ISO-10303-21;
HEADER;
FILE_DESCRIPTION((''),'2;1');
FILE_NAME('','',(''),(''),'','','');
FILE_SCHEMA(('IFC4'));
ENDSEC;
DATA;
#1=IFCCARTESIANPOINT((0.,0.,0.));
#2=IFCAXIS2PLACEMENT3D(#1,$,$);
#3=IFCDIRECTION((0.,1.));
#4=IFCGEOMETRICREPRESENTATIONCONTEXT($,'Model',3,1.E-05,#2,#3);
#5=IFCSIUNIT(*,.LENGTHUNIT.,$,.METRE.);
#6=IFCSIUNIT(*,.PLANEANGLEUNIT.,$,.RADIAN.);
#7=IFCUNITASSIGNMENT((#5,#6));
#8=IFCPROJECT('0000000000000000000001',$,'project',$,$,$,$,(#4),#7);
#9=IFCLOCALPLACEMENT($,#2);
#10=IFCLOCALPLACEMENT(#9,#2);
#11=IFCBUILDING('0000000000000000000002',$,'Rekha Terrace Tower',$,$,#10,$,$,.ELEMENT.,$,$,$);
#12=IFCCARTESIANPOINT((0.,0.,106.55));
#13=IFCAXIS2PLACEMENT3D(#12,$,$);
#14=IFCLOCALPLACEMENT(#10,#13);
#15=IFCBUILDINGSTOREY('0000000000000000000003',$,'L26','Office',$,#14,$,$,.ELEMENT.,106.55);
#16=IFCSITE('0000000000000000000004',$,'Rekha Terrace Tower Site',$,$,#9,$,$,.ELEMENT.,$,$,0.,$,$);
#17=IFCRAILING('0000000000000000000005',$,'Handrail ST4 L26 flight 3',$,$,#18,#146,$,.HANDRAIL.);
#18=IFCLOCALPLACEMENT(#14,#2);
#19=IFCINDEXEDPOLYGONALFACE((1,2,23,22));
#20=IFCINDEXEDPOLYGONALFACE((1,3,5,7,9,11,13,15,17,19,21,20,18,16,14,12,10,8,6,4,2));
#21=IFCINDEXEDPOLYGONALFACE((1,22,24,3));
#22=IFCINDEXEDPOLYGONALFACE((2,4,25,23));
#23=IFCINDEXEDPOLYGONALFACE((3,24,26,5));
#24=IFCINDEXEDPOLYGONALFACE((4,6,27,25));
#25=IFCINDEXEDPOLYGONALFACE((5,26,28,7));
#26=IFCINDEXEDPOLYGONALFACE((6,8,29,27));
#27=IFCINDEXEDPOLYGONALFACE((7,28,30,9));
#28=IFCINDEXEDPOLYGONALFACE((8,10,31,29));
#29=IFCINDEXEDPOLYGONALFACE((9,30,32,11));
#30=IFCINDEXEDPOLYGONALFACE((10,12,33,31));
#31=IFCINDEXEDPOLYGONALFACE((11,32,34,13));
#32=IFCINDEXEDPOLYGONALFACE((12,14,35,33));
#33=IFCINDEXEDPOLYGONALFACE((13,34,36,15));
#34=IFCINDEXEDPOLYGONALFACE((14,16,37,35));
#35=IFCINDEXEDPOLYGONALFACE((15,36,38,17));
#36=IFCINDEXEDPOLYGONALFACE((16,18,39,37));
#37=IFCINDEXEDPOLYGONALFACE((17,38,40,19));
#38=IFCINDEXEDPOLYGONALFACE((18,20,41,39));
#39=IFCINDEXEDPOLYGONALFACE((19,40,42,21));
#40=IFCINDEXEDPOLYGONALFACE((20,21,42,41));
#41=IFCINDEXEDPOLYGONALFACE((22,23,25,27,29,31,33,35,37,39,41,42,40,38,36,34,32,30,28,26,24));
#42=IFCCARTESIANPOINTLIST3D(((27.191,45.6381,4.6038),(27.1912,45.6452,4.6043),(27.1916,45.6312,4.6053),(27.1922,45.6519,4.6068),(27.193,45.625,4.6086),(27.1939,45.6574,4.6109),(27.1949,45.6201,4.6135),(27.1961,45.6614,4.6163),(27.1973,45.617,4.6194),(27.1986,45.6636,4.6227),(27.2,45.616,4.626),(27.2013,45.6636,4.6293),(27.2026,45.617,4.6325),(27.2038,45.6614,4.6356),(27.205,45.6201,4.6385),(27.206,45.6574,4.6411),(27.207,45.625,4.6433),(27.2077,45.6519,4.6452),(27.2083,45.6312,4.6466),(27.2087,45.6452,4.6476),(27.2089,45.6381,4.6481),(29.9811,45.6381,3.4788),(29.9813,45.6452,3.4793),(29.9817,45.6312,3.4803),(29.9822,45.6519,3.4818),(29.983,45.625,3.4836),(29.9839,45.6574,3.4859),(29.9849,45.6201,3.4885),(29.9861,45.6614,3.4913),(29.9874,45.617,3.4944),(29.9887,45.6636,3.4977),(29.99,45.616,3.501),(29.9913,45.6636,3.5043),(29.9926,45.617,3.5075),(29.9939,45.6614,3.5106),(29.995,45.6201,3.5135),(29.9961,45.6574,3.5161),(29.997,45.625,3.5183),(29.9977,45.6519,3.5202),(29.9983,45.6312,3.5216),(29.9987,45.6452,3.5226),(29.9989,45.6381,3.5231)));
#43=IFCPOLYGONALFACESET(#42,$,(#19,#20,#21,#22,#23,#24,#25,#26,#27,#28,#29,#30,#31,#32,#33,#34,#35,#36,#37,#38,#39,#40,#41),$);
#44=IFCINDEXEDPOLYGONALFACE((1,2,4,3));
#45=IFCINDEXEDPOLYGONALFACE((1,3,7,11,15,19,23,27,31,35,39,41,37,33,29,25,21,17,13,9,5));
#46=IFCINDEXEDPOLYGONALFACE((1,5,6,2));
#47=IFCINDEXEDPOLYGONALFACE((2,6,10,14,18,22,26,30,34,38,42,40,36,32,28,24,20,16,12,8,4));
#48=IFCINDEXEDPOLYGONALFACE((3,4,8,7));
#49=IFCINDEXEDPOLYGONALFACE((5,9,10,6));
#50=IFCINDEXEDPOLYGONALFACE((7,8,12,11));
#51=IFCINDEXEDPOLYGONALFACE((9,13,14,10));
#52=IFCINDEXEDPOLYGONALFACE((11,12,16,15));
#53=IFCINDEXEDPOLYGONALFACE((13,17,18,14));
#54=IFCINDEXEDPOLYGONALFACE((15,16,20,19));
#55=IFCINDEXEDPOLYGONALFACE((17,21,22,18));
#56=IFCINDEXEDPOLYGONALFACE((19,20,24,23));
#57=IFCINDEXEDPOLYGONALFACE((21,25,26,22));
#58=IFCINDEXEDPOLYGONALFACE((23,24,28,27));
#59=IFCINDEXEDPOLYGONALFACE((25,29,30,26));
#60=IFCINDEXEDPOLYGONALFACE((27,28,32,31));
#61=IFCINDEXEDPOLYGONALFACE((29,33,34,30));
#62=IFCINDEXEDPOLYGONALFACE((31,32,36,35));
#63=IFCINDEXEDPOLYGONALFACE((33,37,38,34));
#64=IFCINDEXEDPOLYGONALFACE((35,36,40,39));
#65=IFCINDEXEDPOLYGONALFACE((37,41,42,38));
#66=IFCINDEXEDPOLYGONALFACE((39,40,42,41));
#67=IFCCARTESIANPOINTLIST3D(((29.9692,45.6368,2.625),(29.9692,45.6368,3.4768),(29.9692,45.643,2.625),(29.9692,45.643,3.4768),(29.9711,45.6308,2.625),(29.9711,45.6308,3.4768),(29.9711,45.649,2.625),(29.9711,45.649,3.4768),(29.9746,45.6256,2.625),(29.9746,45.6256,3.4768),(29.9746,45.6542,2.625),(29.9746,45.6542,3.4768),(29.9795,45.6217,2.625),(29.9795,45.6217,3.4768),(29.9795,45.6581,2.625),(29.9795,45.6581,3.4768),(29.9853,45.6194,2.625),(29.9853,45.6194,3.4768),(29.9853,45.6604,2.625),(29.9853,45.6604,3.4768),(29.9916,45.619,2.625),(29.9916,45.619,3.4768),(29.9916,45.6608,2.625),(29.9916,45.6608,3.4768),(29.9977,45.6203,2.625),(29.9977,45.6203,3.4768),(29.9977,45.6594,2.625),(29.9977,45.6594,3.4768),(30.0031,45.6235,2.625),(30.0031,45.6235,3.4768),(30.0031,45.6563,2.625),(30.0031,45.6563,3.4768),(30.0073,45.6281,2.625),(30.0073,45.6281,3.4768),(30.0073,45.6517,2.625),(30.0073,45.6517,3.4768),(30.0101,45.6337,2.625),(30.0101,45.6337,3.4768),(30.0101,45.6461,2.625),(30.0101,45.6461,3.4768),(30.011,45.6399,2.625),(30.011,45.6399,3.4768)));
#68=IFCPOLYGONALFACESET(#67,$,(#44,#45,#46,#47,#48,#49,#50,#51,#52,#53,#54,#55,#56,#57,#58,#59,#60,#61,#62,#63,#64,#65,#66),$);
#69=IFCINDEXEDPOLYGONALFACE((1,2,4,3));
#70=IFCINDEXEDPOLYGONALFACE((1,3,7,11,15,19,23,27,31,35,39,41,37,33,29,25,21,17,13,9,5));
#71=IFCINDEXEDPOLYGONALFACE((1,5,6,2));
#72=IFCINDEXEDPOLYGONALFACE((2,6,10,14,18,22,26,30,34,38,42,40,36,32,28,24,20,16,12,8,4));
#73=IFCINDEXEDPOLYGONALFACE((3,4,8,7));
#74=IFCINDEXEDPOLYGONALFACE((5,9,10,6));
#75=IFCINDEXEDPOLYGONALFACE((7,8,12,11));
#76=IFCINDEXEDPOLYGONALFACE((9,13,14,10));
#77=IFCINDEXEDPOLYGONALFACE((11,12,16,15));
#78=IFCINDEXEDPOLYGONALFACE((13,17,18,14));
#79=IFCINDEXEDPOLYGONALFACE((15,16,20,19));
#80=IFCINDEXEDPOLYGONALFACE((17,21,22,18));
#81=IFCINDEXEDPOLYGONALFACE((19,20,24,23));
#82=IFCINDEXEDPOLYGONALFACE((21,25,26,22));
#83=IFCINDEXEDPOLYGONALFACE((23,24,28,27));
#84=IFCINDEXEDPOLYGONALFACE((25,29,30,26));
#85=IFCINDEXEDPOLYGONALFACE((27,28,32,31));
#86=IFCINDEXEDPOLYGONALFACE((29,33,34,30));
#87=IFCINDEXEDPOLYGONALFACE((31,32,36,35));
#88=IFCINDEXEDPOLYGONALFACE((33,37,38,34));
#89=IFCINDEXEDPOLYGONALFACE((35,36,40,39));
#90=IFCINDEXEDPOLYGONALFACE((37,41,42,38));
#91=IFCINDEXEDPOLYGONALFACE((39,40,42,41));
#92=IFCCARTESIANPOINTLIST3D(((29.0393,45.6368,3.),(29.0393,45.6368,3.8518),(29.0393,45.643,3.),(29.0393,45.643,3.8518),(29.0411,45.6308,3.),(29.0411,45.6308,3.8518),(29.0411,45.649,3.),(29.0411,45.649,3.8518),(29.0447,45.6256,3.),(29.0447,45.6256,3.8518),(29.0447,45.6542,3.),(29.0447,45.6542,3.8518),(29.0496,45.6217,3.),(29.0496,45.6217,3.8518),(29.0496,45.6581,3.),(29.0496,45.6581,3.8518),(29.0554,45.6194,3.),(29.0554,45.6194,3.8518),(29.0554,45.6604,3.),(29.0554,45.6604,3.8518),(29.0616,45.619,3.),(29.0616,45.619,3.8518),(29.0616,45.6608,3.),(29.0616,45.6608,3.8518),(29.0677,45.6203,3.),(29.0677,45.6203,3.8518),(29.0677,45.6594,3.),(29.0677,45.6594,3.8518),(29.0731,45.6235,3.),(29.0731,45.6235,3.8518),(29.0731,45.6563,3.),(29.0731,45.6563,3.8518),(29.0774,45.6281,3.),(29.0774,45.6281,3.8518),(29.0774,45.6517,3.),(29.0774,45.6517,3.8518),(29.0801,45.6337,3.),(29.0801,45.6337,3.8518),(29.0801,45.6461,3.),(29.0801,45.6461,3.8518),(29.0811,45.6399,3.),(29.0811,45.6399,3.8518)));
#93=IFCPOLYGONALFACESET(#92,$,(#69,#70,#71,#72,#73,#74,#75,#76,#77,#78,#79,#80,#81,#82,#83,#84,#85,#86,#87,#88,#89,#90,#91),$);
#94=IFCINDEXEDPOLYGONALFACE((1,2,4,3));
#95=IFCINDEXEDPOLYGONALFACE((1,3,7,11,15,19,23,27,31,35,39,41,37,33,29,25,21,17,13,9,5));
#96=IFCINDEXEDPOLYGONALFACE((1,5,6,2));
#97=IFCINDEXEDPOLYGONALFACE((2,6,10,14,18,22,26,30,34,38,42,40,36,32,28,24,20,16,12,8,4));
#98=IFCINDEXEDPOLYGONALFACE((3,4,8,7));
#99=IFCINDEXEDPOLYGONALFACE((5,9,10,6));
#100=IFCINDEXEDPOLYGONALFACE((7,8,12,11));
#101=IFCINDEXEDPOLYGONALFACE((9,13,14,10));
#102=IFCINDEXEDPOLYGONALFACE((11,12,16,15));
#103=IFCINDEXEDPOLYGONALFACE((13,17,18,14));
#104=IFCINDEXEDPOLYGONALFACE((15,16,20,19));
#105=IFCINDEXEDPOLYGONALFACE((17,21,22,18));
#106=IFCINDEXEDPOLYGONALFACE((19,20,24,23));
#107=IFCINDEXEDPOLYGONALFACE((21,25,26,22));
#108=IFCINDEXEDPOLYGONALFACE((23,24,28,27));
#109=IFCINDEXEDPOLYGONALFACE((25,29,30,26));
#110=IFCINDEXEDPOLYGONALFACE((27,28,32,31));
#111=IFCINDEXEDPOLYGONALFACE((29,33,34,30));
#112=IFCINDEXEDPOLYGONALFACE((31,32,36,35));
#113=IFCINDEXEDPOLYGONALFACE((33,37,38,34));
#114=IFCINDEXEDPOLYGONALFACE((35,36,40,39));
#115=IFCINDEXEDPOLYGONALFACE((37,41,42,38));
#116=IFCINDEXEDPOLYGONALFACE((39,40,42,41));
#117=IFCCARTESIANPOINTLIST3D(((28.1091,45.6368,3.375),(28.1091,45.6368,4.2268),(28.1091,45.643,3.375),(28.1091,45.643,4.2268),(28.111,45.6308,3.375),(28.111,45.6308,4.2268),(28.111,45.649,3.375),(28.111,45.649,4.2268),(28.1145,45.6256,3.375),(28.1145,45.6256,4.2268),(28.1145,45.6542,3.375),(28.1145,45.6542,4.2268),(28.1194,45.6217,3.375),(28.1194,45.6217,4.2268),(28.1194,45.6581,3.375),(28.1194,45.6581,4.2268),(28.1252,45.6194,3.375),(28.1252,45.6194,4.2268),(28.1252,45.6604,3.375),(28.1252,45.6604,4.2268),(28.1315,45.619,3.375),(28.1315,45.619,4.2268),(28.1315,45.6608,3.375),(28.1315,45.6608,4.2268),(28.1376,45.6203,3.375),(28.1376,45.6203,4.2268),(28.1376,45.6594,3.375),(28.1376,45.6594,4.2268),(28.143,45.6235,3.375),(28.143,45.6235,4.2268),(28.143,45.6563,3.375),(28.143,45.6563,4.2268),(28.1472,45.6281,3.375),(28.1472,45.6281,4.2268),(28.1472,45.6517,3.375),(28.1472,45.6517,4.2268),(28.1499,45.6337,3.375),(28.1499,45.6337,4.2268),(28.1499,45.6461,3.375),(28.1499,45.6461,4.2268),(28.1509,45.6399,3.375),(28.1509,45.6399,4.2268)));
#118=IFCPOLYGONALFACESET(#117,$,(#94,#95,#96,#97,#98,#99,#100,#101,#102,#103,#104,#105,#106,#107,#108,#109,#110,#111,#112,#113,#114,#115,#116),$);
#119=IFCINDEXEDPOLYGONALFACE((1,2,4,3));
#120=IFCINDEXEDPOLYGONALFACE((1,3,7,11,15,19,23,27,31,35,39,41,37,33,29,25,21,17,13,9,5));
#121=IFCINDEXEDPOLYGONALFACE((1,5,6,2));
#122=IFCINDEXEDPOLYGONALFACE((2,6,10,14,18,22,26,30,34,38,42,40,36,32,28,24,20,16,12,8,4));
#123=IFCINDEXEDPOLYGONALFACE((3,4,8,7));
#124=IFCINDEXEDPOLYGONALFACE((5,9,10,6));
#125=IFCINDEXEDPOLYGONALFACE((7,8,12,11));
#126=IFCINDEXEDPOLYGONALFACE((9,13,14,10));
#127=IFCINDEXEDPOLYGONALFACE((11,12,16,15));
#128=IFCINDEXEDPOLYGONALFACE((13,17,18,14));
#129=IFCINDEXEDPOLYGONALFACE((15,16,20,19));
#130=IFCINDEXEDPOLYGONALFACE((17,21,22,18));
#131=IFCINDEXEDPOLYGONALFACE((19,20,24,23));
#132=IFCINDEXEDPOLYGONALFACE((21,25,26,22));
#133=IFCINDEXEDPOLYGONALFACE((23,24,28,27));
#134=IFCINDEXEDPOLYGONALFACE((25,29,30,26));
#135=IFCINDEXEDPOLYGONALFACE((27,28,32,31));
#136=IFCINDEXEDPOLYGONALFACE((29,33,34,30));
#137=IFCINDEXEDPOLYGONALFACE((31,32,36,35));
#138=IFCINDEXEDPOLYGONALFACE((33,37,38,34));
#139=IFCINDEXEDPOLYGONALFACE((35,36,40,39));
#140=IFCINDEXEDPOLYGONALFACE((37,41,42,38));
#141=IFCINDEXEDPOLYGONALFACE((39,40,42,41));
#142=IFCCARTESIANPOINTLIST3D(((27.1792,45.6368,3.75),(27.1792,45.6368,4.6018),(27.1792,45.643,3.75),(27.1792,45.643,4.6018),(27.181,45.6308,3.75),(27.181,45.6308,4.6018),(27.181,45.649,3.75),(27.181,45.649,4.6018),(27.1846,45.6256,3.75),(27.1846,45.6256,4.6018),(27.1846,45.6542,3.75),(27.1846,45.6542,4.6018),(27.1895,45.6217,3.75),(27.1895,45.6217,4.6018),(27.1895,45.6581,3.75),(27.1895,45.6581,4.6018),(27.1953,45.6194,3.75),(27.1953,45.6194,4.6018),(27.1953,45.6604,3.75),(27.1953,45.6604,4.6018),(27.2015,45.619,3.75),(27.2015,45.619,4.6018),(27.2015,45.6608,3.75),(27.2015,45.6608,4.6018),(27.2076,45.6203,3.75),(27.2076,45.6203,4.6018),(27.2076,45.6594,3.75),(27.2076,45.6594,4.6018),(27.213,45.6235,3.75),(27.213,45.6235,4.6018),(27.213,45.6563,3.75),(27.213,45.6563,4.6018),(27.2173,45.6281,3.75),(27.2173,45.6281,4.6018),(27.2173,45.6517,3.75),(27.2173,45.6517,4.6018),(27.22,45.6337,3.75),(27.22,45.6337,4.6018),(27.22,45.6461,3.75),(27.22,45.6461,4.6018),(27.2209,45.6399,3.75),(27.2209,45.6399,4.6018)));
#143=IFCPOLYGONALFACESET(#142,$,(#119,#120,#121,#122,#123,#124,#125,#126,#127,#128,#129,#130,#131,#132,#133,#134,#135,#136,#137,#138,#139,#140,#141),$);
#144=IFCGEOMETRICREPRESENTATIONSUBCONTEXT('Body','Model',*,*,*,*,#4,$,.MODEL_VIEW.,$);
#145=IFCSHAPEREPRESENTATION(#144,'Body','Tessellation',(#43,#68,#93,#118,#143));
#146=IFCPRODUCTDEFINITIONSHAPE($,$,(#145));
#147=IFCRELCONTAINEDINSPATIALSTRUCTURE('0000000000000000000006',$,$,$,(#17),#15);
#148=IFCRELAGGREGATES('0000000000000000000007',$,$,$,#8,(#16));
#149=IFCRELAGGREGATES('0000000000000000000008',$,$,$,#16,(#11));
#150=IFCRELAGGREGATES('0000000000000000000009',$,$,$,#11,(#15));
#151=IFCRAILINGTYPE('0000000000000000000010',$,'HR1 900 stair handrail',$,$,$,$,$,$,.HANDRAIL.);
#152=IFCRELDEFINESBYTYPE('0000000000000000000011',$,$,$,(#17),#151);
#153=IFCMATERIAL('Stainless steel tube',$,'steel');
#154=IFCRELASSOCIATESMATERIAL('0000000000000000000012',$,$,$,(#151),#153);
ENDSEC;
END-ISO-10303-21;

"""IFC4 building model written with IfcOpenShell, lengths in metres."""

from ifc_helpers import new_model, si_unit, direction, frame, origin, origin_2d, place, context, subcontext, project, spatial, circle, extrude, material, type_object, element, save


model = new_model("IFC4")

# Units and contexts
model_context = context("Model", 3, precision=1e-05, world=origin(), true_north=direction((0.0, 1.0)))
body_context = subcontext(model_context, "Body", "Model", "MODEL_VIEW")
ifc_project = project(units=[si_unit("LENGTHUNIT", "METRE"), si_unit("PLANEANGLEUNIT", "RADIAN")], contexts=[model_context])

# Site, building, storey
site_placement = place(None, origin())
site = spatial("IfcSite", under=ifc_project, at=site_placement, Name="Rekha Terrace Tower Site", CompositionType="ELEMENT", RefElevation=0.0)
building_placement = place(site_placement, origin())
building = spatial("IfcBuilding", under=site, at=building_placement, Name="Rekha Terrace Tower", CompositionType="ELEMENT")
storey_placement = place(building_placement, frame((0.0, 0.0, 106.55)))
storey = spatial("IfcBuildingStorey", under=building, at=storey_placement, Name="L26", Description="Office", CompositionType="ELEMENT", Elevation=106.55)

# Railing
ifc_material_1 = material(Name="Stainless steel tube", Category="steel")
railing_type_1 = type_object("IfcRailingType", Name="HR1 900 stair handrail", PredefinedType="HANDRAIL", material=ifc_material_1)
railing_1_placement = place(storey_placement, frame((29.99, 45.6399, 2.625)))
element("IfcRailing", 1, at=railing_1_placement, inside=storey, type_object=railing_type_1, Name="Handrail ST4 L26 flight 3", PredefinedType="HANDRAIL", context=body_context, shape_type="SweptSolid", body=[
    extrude(circle(Radius=0.0239, at=origin_2d()), frame((0.0, 0.0, 0.876), z_axis=(-0.927443, 0.0, 0.373964), x_axis=(0.0, -1.0, 0.0)), (0.0, 0.0, 1.0), 3.0083),
    extrude(circle(Radius=0.021, at=origin_2d()), origin(), (0.0, 0.0, 1.0), 0.8518),
    extrude(circle(Radius=0.021, at=origin_2d()), frame((-0.9299, 0.0, 0.375)), (0.0, 0.0, 1.0), 0.8518),
    extrude(circle(Radius=0.021, at=origin_2d()), frame((-1.8601, 0.0, 0.75)), (0.0, 0.0, 1.0), 0.8518),
    extrude(circle(Radius=0.021, at=origin_2d()), frame((-2.79, 0.0, 1.125)), (0.0, 0.0, 1.0), 0.8518),
])

save(model, "model.ifc")
